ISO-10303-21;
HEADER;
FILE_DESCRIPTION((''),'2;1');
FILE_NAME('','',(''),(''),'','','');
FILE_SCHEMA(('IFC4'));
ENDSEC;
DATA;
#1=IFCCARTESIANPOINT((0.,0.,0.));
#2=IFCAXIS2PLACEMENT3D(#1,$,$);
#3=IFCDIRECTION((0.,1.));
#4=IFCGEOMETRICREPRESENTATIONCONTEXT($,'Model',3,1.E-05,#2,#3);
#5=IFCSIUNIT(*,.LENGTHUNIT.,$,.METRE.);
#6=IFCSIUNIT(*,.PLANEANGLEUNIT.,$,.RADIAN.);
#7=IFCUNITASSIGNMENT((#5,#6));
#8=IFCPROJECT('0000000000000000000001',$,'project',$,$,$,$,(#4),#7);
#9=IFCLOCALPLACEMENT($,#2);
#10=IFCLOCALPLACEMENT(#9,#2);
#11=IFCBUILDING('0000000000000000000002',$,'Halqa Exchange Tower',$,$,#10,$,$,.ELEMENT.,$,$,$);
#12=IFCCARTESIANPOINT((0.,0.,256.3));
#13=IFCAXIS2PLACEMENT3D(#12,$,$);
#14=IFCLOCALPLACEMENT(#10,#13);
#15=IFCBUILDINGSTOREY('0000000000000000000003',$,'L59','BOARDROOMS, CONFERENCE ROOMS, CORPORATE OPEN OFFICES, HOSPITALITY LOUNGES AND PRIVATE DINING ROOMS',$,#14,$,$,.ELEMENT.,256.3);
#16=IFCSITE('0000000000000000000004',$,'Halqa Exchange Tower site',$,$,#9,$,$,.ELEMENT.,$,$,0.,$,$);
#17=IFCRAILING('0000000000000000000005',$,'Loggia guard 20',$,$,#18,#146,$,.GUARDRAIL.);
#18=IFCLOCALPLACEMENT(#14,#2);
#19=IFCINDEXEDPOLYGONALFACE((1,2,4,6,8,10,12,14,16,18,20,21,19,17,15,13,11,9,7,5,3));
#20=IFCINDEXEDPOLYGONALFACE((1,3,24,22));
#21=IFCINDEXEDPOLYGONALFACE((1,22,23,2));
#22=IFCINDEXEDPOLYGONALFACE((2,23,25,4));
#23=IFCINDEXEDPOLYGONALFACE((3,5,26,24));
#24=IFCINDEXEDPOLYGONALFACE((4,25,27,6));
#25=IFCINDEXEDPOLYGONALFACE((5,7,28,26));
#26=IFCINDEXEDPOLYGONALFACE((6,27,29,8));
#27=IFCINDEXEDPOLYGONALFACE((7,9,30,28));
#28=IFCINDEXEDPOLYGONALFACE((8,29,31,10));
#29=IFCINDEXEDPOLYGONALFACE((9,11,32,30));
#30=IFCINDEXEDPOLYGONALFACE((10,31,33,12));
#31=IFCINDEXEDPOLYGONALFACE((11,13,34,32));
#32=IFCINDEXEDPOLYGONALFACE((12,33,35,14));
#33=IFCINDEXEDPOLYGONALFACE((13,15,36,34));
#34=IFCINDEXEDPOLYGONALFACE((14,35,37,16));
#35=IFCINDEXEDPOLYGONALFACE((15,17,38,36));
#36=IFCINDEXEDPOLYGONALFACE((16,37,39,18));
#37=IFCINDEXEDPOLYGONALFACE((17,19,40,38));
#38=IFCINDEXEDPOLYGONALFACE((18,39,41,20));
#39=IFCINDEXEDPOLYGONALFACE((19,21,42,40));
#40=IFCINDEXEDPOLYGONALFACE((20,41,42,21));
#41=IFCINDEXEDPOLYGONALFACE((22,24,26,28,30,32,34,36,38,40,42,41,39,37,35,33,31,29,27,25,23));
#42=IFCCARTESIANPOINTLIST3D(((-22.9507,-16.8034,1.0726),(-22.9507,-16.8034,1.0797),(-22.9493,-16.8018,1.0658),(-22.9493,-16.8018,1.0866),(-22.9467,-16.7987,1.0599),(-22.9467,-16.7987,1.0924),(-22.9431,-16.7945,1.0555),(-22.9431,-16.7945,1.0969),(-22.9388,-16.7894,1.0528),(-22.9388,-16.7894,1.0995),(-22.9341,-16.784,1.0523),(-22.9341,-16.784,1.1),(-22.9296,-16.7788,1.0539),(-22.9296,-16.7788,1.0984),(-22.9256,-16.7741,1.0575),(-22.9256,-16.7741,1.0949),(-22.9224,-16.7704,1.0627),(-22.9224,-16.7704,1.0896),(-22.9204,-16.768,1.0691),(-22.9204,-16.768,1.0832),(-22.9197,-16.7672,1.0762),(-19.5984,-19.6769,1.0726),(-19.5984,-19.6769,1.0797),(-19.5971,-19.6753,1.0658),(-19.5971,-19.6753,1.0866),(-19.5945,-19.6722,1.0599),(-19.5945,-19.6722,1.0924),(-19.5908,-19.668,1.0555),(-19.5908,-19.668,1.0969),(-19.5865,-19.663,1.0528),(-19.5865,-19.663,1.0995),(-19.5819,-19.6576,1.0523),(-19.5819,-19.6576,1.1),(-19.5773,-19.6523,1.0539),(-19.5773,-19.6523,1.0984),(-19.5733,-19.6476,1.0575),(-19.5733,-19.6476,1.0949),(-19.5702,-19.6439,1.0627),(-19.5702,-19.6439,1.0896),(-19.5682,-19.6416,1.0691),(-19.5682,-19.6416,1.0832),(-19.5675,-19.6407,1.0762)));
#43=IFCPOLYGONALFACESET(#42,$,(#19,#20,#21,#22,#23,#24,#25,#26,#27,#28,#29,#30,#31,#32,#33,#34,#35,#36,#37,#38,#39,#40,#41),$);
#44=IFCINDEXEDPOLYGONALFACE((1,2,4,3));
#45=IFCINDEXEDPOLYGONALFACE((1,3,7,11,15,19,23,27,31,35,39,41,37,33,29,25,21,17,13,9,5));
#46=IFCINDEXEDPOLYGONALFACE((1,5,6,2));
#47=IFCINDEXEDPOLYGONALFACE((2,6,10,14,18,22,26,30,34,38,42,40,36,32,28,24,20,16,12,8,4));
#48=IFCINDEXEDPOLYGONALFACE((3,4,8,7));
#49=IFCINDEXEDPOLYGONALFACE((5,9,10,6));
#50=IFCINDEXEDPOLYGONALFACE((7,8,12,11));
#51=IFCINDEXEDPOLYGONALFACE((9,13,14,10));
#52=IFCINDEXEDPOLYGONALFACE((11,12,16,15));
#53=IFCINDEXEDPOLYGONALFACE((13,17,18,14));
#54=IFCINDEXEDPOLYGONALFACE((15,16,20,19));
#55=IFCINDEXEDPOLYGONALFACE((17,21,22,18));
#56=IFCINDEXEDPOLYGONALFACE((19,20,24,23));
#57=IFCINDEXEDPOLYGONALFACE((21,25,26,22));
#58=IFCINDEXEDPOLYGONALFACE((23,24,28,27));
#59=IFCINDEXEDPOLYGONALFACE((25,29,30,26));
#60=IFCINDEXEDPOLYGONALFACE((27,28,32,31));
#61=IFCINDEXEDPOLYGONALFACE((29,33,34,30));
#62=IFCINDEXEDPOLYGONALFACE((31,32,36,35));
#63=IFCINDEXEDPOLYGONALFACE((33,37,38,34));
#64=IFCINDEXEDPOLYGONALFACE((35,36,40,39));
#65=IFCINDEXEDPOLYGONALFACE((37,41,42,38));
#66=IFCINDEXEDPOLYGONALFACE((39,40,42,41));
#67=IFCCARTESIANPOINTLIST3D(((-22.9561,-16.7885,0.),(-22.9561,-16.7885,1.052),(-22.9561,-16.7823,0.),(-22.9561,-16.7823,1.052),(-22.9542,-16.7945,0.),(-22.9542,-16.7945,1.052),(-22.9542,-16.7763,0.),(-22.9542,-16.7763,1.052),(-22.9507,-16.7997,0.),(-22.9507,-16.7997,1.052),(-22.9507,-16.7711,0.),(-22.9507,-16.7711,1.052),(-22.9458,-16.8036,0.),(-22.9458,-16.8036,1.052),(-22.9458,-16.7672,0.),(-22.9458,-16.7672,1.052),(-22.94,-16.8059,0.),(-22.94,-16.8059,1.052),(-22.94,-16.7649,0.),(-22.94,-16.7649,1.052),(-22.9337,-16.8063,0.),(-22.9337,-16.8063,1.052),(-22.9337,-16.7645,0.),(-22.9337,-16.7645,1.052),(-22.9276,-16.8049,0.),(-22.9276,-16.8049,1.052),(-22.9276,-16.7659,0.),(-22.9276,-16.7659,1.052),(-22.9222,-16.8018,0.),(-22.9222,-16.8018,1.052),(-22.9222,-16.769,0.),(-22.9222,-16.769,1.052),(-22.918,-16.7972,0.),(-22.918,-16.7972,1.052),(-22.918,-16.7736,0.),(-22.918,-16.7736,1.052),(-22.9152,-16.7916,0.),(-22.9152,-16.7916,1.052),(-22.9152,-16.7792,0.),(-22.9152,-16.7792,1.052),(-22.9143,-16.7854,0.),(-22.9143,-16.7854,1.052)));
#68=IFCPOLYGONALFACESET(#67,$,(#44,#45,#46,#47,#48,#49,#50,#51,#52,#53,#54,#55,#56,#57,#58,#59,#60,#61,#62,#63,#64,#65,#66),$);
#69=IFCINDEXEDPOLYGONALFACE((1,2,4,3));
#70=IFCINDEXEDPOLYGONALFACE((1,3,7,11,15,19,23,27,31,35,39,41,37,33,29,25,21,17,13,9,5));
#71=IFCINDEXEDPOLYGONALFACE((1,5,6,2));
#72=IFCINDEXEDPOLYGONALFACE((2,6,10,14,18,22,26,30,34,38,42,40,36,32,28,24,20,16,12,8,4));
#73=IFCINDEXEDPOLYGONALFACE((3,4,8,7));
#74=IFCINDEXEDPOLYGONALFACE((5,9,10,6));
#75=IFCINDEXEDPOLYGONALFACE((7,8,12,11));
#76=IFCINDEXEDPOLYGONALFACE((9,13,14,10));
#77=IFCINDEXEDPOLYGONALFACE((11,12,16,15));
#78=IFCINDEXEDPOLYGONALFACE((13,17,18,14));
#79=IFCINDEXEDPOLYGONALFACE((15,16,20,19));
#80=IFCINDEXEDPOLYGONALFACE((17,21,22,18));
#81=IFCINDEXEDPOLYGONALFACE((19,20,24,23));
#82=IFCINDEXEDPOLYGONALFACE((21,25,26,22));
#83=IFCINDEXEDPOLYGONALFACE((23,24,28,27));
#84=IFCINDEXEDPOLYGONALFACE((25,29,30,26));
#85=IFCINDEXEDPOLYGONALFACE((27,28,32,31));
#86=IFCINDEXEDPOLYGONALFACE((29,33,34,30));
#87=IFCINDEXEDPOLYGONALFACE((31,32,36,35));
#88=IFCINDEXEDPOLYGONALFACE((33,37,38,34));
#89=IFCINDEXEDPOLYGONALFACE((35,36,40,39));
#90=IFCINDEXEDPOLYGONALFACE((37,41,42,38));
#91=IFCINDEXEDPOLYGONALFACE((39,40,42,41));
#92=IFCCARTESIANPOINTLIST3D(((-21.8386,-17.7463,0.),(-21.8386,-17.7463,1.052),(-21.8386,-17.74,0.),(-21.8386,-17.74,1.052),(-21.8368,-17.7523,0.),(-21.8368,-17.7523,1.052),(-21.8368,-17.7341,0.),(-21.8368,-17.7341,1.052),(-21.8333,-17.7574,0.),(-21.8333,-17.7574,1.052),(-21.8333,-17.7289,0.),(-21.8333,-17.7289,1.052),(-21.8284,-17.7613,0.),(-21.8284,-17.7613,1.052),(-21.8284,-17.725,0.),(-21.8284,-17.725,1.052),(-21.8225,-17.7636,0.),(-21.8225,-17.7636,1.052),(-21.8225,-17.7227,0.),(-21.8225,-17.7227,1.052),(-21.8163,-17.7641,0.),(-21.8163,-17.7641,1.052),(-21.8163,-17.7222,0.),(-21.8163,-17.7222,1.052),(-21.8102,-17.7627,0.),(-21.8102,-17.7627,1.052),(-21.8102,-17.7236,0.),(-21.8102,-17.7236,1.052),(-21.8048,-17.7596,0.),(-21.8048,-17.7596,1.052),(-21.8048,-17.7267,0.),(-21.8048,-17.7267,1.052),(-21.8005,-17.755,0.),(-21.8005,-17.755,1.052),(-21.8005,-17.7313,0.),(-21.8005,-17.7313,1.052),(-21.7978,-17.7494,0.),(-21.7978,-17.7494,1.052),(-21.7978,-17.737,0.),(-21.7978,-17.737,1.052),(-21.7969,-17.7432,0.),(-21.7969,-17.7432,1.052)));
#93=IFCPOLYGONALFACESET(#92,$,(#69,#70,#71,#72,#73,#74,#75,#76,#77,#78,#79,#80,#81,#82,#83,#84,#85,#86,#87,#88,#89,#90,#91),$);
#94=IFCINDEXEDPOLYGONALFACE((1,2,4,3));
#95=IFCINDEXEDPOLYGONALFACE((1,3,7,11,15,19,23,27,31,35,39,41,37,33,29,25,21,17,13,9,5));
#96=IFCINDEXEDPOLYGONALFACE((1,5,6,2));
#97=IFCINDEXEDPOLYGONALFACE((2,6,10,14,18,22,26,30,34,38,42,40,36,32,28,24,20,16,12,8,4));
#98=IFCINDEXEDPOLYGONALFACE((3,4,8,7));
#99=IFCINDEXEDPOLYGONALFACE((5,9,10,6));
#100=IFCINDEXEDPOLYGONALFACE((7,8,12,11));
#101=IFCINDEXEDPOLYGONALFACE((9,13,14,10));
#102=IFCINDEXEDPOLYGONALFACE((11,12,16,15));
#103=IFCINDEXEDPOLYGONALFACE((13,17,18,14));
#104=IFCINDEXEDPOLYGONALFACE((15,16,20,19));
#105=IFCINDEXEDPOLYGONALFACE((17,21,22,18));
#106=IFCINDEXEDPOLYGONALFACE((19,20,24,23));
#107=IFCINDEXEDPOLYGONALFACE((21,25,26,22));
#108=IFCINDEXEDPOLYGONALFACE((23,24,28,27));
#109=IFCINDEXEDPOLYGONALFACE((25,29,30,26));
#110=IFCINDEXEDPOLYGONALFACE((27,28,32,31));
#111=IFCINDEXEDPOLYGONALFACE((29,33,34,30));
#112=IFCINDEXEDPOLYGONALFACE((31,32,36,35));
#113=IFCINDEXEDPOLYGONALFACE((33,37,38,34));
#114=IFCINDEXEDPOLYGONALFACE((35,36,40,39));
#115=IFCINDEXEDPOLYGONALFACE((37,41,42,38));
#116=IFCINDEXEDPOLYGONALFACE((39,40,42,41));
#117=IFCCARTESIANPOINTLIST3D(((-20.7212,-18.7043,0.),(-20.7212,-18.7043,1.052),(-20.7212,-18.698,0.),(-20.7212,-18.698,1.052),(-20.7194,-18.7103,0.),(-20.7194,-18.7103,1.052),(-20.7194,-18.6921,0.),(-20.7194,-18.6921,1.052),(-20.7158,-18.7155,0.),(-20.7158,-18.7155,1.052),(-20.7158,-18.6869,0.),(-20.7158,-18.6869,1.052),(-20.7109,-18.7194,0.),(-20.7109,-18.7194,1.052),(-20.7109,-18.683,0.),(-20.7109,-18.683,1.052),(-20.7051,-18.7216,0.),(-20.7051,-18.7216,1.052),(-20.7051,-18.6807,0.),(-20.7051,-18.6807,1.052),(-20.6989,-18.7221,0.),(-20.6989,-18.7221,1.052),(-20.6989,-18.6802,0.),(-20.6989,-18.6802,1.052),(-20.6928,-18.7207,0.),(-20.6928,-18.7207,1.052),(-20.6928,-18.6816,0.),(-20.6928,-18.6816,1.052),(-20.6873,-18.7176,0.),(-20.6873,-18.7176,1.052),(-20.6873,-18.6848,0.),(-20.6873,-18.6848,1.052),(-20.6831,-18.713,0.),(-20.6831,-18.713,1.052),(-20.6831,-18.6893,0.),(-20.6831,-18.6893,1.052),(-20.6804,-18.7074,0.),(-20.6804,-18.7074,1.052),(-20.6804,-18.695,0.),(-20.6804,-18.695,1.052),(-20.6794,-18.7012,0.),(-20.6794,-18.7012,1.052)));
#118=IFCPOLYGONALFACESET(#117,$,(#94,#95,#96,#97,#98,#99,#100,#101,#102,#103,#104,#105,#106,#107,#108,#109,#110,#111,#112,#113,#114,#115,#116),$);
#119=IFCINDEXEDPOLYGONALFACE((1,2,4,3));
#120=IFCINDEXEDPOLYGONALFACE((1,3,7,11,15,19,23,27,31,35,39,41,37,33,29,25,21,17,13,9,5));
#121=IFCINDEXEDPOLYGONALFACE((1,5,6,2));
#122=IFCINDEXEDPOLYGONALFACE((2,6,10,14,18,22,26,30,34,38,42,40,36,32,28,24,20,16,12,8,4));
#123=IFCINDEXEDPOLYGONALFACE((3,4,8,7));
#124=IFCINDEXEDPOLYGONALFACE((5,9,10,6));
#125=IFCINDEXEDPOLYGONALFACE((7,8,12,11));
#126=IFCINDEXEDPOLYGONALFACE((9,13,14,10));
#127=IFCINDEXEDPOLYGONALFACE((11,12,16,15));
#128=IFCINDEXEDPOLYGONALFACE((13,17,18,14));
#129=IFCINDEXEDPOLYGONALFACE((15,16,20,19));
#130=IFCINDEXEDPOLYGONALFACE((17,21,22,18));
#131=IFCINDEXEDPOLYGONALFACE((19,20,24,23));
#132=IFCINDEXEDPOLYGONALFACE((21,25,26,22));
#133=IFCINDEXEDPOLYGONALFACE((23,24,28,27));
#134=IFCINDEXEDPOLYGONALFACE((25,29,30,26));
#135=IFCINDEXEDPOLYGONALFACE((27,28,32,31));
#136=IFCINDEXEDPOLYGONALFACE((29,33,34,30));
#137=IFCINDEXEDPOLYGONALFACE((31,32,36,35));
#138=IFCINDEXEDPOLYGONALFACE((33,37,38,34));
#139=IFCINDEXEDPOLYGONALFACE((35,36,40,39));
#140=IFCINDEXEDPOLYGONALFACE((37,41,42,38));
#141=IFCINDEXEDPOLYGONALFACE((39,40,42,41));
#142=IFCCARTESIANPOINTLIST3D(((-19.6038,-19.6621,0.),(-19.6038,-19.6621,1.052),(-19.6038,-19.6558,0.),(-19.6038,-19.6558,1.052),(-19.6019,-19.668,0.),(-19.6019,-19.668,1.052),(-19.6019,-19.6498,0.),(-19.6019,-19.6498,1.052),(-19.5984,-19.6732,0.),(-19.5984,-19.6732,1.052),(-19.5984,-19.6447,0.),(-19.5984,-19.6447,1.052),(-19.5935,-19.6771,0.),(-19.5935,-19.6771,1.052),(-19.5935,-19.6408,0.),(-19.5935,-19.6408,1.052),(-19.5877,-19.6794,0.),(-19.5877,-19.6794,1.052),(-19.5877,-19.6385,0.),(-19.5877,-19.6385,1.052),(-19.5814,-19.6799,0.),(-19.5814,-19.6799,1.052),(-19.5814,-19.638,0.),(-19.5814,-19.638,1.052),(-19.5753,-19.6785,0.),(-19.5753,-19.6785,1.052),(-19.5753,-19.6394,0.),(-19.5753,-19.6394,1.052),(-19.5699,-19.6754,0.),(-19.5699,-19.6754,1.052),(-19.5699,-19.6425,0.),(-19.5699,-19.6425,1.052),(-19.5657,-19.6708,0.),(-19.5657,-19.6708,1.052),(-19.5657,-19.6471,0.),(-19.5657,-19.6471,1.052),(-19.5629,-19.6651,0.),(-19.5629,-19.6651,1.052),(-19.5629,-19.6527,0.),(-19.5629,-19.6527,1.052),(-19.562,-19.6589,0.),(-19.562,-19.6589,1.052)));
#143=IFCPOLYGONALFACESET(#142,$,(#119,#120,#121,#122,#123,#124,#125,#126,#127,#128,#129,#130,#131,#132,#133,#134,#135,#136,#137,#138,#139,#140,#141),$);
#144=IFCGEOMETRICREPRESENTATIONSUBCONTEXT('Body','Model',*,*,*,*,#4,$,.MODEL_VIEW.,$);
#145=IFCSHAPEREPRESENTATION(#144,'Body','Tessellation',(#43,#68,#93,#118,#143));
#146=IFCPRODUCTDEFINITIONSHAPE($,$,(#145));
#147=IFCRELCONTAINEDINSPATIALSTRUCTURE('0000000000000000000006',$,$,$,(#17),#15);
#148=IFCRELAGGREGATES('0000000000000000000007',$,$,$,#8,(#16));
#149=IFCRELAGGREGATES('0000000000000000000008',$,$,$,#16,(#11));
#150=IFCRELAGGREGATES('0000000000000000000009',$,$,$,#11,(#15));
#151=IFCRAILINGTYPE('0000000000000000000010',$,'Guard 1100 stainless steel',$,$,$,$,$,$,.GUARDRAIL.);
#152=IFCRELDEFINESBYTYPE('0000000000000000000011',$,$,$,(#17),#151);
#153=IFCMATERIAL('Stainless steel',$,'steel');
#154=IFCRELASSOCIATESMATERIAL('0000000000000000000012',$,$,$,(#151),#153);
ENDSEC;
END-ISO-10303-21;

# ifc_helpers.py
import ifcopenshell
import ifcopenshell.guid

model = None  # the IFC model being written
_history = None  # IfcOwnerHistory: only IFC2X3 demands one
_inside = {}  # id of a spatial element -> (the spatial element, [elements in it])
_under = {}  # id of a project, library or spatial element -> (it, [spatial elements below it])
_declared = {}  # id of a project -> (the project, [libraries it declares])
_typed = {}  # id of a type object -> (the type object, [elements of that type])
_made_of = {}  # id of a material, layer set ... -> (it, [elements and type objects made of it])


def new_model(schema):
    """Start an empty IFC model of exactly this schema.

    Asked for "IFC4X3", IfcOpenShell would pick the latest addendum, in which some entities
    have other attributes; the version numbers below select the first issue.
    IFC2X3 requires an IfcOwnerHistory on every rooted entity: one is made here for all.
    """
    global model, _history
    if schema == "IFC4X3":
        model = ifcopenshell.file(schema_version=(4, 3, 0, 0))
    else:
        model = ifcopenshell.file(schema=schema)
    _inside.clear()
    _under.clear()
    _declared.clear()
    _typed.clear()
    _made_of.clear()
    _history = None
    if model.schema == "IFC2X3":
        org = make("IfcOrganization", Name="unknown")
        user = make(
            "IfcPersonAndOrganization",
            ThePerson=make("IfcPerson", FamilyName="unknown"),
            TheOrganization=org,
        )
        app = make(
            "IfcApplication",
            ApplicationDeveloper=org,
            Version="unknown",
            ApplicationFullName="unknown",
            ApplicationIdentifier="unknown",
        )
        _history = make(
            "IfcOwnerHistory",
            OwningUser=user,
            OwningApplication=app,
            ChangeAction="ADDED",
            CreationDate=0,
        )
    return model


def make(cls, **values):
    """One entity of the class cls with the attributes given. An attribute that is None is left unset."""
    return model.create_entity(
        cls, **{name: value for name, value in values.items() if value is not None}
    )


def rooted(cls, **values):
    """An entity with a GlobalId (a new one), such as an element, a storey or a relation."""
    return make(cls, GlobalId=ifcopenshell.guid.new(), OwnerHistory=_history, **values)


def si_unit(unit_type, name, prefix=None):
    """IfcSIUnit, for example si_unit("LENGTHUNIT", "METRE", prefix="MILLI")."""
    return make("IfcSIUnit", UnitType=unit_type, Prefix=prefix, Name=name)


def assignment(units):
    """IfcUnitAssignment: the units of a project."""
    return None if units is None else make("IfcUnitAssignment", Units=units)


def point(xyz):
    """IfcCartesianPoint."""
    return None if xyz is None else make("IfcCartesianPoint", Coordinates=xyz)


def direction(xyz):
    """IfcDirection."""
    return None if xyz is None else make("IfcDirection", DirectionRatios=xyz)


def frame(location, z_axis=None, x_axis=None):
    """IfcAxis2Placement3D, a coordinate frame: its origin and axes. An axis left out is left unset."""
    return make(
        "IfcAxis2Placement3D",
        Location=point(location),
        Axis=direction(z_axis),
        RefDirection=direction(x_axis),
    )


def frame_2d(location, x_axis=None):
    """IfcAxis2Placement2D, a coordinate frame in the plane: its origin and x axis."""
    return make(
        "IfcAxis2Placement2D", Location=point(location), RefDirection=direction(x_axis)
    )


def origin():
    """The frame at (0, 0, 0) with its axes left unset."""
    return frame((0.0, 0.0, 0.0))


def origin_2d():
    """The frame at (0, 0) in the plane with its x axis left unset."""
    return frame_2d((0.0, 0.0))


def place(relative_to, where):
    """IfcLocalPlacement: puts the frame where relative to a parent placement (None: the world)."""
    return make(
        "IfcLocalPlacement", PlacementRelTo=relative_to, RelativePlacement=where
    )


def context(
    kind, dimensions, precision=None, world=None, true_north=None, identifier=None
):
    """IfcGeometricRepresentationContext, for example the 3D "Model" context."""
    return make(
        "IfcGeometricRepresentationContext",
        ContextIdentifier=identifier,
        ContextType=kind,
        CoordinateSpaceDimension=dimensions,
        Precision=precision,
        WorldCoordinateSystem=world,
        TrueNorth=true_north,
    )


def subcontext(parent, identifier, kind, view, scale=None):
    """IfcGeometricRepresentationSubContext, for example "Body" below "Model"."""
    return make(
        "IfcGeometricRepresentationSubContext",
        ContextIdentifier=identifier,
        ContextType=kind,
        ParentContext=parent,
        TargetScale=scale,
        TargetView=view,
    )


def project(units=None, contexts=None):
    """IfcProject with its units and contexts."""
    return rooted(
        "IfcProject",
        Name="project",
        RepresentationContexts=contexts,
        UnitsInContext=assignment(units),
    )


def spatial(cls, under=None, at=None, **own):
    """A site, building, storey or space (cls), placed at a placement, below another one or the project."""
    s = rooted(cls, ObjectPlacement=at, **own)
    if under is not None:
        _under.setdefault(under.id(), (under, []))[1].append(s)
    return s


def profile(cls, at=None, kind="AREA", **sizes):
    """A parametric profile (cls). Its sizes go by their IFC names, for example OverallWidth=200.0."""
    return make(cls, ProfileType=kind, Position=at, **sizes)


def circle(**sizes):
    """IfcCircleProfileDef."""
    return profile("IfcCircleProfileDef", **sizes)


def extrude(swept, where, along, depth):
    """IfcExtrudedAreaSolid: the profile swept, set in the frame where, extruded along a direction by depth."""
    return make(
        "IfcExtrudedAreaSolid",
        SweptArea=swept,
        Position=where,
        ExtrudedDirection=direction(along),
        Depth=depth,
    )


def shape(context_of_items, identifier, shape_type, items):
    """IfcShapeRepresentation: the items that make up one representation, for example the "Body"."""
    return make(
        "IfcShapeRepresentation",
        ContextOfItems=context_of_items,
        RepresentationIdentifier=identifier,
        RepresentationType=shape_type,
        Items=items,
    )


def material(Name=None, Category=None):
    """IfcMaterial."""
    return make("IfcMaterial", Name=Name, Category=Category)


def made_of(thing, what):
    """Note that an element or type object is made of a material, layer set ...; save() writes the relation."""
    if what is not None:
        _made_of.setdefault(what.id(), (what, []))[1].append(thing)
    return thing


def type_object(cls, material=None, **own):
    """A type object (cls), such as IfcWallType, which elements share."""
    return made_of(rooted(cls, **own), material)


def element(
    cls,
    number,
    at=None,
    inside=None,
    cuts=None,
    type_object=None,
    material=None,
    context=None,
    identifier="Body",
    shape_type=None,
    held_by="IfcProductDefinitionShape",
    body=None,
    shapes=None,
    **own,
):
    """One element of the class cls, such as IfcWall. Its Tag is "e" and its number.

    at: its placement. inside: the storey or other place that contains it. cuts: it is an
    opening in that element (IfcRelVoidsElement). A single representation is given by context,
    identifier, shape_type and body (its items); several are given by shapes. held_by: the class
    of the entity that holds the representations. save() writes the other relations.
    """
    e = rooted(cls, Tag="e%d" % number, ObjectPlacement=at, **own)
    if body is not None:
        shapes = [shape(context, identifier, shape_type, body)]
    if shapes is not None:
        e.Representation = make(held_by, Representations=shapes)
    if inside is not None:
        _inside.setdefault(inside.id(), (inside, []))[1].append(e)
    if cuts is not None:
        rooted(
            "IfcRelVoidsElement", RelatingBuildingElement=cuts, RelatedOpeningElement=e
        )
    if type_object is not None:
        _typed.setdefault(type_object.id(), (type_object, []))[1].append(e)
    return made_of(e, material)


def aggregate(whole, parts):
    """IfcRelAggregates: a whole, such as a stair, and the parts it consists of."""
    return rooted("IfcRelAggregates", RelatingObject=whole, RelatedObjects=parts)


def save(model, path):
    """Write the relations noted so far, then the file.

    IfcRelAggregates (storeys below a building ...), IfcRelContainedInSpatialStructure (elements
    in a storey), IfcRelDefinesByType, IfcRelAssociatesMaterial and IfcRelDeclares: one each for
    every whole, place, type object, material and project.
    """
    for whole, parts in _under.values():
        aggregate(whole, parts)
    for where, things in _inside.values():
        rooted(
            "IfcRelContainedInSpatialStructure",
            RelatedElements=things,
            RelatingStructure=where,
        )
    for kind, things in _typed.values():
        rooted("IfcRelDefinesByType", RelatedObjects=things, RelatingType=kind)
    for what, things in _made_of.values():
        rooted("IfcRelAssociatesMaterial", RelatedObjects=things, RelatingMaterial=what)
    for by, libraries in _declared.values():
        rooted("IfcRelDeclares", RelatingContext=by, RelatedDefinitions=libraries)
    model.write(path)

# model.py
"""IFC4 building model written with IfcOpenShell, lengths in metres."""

from ifc_helpers import new_model, si_unit, direction, frame, origin, origin_2d, place, context, subcontext, project, spatial, circle, extrude, material, type_object, element, save


model = new_model("IFC4")

# Units and contexts
model_context = context("Model", 3, precision=1e-05, world=origin(), true_north=direction((0.0, 1.0)))
body_context = subcontext(model_context, "Body", "Model", "MODEL_VIEW")
ifc_project = project(units=[si_unit("LENGTHUNIT", "METRE"), si_unit("PLANEANGLEUNIT", "RADIAN")], contexts=[model_context])

# Site, building, storey
site_placement = place(None, origin())
site = spatial("IfcSite", under=ifc_project, at=site_placement, Name="Halqa Exchange Tower site", CompositionType="ELEMENT", RefElevation=0.0)
building_placement = place(site_placement, origin())
building = spatial("IfcBuilding", under=site, at=building_placement, Name="Halqa Exchange Tower", CompositionType="ELEMENT")
storey_placement = place(building_placement, frame((0.0, 0.0, 256.3)))
storey = spatial("IfcBuildingStorey", under=building, at=storey_placement, Name="L59", Description="BOARDROOMS, CONFERENCE ROOMS, CORPORATE OPEN OFFICES, HOSPITALITY LOUNGES AND PRIVATE DINING ROOMS", CompositionType="ELEMENT", Elevation=256.3)

# Railing
ifc_material_1 = material(Name="Stainless steel", Category="steel")
railing_type = type_object("IfcRailingType", Name="Guard 1100 stainless steel", PredefinedType="GUARDRAIL", material=ifc_material_1)
railing_1_placement = place(storey_placement, frame((-22.9353, -16.7854, 0.0)))
element("IfcRailing", 1, at=railing_1_placement, inside=storey, type_object=railing_type, Name="Loggia guard 20", PredefinedType="GUARDRAIL", context=body_context, shape_type="SweptSolid", body=[
    extrude(circle(Radius=0.0239, at=origin_2d()), frame((0.0, 0.0, 1.0762), z_axis=(0.759241, -0.65081, 0.0), x_axis=(0.65081, 0.759241, 0.0)), (0.0, 0.0, 1.0), 4.4153),
    extrude(circle(Radius=0.021, at=origin_2d()), origin(), (0.0, 0.0, 1.0), 1.052),
    extrude(circle(Radius=0.021, at=origin_2d()), frame((1.1174, -0.9578, 0.0)), (0.0, 0.0, 1.0), 1.052),
    extrude(circle(Radius=0.021, at=origin_2d()), frame((2.2349, -1.9158, 0.0)), (0.0, 0.0, 1.0), 1.052),
    extrude(circle(Radius=0.021, at=origin_2d()), frame((3.3523, -2.8735, 0.0)), (0.0, 0.0, 1.0), 1.052),
])

save(model, "model.ifc")
